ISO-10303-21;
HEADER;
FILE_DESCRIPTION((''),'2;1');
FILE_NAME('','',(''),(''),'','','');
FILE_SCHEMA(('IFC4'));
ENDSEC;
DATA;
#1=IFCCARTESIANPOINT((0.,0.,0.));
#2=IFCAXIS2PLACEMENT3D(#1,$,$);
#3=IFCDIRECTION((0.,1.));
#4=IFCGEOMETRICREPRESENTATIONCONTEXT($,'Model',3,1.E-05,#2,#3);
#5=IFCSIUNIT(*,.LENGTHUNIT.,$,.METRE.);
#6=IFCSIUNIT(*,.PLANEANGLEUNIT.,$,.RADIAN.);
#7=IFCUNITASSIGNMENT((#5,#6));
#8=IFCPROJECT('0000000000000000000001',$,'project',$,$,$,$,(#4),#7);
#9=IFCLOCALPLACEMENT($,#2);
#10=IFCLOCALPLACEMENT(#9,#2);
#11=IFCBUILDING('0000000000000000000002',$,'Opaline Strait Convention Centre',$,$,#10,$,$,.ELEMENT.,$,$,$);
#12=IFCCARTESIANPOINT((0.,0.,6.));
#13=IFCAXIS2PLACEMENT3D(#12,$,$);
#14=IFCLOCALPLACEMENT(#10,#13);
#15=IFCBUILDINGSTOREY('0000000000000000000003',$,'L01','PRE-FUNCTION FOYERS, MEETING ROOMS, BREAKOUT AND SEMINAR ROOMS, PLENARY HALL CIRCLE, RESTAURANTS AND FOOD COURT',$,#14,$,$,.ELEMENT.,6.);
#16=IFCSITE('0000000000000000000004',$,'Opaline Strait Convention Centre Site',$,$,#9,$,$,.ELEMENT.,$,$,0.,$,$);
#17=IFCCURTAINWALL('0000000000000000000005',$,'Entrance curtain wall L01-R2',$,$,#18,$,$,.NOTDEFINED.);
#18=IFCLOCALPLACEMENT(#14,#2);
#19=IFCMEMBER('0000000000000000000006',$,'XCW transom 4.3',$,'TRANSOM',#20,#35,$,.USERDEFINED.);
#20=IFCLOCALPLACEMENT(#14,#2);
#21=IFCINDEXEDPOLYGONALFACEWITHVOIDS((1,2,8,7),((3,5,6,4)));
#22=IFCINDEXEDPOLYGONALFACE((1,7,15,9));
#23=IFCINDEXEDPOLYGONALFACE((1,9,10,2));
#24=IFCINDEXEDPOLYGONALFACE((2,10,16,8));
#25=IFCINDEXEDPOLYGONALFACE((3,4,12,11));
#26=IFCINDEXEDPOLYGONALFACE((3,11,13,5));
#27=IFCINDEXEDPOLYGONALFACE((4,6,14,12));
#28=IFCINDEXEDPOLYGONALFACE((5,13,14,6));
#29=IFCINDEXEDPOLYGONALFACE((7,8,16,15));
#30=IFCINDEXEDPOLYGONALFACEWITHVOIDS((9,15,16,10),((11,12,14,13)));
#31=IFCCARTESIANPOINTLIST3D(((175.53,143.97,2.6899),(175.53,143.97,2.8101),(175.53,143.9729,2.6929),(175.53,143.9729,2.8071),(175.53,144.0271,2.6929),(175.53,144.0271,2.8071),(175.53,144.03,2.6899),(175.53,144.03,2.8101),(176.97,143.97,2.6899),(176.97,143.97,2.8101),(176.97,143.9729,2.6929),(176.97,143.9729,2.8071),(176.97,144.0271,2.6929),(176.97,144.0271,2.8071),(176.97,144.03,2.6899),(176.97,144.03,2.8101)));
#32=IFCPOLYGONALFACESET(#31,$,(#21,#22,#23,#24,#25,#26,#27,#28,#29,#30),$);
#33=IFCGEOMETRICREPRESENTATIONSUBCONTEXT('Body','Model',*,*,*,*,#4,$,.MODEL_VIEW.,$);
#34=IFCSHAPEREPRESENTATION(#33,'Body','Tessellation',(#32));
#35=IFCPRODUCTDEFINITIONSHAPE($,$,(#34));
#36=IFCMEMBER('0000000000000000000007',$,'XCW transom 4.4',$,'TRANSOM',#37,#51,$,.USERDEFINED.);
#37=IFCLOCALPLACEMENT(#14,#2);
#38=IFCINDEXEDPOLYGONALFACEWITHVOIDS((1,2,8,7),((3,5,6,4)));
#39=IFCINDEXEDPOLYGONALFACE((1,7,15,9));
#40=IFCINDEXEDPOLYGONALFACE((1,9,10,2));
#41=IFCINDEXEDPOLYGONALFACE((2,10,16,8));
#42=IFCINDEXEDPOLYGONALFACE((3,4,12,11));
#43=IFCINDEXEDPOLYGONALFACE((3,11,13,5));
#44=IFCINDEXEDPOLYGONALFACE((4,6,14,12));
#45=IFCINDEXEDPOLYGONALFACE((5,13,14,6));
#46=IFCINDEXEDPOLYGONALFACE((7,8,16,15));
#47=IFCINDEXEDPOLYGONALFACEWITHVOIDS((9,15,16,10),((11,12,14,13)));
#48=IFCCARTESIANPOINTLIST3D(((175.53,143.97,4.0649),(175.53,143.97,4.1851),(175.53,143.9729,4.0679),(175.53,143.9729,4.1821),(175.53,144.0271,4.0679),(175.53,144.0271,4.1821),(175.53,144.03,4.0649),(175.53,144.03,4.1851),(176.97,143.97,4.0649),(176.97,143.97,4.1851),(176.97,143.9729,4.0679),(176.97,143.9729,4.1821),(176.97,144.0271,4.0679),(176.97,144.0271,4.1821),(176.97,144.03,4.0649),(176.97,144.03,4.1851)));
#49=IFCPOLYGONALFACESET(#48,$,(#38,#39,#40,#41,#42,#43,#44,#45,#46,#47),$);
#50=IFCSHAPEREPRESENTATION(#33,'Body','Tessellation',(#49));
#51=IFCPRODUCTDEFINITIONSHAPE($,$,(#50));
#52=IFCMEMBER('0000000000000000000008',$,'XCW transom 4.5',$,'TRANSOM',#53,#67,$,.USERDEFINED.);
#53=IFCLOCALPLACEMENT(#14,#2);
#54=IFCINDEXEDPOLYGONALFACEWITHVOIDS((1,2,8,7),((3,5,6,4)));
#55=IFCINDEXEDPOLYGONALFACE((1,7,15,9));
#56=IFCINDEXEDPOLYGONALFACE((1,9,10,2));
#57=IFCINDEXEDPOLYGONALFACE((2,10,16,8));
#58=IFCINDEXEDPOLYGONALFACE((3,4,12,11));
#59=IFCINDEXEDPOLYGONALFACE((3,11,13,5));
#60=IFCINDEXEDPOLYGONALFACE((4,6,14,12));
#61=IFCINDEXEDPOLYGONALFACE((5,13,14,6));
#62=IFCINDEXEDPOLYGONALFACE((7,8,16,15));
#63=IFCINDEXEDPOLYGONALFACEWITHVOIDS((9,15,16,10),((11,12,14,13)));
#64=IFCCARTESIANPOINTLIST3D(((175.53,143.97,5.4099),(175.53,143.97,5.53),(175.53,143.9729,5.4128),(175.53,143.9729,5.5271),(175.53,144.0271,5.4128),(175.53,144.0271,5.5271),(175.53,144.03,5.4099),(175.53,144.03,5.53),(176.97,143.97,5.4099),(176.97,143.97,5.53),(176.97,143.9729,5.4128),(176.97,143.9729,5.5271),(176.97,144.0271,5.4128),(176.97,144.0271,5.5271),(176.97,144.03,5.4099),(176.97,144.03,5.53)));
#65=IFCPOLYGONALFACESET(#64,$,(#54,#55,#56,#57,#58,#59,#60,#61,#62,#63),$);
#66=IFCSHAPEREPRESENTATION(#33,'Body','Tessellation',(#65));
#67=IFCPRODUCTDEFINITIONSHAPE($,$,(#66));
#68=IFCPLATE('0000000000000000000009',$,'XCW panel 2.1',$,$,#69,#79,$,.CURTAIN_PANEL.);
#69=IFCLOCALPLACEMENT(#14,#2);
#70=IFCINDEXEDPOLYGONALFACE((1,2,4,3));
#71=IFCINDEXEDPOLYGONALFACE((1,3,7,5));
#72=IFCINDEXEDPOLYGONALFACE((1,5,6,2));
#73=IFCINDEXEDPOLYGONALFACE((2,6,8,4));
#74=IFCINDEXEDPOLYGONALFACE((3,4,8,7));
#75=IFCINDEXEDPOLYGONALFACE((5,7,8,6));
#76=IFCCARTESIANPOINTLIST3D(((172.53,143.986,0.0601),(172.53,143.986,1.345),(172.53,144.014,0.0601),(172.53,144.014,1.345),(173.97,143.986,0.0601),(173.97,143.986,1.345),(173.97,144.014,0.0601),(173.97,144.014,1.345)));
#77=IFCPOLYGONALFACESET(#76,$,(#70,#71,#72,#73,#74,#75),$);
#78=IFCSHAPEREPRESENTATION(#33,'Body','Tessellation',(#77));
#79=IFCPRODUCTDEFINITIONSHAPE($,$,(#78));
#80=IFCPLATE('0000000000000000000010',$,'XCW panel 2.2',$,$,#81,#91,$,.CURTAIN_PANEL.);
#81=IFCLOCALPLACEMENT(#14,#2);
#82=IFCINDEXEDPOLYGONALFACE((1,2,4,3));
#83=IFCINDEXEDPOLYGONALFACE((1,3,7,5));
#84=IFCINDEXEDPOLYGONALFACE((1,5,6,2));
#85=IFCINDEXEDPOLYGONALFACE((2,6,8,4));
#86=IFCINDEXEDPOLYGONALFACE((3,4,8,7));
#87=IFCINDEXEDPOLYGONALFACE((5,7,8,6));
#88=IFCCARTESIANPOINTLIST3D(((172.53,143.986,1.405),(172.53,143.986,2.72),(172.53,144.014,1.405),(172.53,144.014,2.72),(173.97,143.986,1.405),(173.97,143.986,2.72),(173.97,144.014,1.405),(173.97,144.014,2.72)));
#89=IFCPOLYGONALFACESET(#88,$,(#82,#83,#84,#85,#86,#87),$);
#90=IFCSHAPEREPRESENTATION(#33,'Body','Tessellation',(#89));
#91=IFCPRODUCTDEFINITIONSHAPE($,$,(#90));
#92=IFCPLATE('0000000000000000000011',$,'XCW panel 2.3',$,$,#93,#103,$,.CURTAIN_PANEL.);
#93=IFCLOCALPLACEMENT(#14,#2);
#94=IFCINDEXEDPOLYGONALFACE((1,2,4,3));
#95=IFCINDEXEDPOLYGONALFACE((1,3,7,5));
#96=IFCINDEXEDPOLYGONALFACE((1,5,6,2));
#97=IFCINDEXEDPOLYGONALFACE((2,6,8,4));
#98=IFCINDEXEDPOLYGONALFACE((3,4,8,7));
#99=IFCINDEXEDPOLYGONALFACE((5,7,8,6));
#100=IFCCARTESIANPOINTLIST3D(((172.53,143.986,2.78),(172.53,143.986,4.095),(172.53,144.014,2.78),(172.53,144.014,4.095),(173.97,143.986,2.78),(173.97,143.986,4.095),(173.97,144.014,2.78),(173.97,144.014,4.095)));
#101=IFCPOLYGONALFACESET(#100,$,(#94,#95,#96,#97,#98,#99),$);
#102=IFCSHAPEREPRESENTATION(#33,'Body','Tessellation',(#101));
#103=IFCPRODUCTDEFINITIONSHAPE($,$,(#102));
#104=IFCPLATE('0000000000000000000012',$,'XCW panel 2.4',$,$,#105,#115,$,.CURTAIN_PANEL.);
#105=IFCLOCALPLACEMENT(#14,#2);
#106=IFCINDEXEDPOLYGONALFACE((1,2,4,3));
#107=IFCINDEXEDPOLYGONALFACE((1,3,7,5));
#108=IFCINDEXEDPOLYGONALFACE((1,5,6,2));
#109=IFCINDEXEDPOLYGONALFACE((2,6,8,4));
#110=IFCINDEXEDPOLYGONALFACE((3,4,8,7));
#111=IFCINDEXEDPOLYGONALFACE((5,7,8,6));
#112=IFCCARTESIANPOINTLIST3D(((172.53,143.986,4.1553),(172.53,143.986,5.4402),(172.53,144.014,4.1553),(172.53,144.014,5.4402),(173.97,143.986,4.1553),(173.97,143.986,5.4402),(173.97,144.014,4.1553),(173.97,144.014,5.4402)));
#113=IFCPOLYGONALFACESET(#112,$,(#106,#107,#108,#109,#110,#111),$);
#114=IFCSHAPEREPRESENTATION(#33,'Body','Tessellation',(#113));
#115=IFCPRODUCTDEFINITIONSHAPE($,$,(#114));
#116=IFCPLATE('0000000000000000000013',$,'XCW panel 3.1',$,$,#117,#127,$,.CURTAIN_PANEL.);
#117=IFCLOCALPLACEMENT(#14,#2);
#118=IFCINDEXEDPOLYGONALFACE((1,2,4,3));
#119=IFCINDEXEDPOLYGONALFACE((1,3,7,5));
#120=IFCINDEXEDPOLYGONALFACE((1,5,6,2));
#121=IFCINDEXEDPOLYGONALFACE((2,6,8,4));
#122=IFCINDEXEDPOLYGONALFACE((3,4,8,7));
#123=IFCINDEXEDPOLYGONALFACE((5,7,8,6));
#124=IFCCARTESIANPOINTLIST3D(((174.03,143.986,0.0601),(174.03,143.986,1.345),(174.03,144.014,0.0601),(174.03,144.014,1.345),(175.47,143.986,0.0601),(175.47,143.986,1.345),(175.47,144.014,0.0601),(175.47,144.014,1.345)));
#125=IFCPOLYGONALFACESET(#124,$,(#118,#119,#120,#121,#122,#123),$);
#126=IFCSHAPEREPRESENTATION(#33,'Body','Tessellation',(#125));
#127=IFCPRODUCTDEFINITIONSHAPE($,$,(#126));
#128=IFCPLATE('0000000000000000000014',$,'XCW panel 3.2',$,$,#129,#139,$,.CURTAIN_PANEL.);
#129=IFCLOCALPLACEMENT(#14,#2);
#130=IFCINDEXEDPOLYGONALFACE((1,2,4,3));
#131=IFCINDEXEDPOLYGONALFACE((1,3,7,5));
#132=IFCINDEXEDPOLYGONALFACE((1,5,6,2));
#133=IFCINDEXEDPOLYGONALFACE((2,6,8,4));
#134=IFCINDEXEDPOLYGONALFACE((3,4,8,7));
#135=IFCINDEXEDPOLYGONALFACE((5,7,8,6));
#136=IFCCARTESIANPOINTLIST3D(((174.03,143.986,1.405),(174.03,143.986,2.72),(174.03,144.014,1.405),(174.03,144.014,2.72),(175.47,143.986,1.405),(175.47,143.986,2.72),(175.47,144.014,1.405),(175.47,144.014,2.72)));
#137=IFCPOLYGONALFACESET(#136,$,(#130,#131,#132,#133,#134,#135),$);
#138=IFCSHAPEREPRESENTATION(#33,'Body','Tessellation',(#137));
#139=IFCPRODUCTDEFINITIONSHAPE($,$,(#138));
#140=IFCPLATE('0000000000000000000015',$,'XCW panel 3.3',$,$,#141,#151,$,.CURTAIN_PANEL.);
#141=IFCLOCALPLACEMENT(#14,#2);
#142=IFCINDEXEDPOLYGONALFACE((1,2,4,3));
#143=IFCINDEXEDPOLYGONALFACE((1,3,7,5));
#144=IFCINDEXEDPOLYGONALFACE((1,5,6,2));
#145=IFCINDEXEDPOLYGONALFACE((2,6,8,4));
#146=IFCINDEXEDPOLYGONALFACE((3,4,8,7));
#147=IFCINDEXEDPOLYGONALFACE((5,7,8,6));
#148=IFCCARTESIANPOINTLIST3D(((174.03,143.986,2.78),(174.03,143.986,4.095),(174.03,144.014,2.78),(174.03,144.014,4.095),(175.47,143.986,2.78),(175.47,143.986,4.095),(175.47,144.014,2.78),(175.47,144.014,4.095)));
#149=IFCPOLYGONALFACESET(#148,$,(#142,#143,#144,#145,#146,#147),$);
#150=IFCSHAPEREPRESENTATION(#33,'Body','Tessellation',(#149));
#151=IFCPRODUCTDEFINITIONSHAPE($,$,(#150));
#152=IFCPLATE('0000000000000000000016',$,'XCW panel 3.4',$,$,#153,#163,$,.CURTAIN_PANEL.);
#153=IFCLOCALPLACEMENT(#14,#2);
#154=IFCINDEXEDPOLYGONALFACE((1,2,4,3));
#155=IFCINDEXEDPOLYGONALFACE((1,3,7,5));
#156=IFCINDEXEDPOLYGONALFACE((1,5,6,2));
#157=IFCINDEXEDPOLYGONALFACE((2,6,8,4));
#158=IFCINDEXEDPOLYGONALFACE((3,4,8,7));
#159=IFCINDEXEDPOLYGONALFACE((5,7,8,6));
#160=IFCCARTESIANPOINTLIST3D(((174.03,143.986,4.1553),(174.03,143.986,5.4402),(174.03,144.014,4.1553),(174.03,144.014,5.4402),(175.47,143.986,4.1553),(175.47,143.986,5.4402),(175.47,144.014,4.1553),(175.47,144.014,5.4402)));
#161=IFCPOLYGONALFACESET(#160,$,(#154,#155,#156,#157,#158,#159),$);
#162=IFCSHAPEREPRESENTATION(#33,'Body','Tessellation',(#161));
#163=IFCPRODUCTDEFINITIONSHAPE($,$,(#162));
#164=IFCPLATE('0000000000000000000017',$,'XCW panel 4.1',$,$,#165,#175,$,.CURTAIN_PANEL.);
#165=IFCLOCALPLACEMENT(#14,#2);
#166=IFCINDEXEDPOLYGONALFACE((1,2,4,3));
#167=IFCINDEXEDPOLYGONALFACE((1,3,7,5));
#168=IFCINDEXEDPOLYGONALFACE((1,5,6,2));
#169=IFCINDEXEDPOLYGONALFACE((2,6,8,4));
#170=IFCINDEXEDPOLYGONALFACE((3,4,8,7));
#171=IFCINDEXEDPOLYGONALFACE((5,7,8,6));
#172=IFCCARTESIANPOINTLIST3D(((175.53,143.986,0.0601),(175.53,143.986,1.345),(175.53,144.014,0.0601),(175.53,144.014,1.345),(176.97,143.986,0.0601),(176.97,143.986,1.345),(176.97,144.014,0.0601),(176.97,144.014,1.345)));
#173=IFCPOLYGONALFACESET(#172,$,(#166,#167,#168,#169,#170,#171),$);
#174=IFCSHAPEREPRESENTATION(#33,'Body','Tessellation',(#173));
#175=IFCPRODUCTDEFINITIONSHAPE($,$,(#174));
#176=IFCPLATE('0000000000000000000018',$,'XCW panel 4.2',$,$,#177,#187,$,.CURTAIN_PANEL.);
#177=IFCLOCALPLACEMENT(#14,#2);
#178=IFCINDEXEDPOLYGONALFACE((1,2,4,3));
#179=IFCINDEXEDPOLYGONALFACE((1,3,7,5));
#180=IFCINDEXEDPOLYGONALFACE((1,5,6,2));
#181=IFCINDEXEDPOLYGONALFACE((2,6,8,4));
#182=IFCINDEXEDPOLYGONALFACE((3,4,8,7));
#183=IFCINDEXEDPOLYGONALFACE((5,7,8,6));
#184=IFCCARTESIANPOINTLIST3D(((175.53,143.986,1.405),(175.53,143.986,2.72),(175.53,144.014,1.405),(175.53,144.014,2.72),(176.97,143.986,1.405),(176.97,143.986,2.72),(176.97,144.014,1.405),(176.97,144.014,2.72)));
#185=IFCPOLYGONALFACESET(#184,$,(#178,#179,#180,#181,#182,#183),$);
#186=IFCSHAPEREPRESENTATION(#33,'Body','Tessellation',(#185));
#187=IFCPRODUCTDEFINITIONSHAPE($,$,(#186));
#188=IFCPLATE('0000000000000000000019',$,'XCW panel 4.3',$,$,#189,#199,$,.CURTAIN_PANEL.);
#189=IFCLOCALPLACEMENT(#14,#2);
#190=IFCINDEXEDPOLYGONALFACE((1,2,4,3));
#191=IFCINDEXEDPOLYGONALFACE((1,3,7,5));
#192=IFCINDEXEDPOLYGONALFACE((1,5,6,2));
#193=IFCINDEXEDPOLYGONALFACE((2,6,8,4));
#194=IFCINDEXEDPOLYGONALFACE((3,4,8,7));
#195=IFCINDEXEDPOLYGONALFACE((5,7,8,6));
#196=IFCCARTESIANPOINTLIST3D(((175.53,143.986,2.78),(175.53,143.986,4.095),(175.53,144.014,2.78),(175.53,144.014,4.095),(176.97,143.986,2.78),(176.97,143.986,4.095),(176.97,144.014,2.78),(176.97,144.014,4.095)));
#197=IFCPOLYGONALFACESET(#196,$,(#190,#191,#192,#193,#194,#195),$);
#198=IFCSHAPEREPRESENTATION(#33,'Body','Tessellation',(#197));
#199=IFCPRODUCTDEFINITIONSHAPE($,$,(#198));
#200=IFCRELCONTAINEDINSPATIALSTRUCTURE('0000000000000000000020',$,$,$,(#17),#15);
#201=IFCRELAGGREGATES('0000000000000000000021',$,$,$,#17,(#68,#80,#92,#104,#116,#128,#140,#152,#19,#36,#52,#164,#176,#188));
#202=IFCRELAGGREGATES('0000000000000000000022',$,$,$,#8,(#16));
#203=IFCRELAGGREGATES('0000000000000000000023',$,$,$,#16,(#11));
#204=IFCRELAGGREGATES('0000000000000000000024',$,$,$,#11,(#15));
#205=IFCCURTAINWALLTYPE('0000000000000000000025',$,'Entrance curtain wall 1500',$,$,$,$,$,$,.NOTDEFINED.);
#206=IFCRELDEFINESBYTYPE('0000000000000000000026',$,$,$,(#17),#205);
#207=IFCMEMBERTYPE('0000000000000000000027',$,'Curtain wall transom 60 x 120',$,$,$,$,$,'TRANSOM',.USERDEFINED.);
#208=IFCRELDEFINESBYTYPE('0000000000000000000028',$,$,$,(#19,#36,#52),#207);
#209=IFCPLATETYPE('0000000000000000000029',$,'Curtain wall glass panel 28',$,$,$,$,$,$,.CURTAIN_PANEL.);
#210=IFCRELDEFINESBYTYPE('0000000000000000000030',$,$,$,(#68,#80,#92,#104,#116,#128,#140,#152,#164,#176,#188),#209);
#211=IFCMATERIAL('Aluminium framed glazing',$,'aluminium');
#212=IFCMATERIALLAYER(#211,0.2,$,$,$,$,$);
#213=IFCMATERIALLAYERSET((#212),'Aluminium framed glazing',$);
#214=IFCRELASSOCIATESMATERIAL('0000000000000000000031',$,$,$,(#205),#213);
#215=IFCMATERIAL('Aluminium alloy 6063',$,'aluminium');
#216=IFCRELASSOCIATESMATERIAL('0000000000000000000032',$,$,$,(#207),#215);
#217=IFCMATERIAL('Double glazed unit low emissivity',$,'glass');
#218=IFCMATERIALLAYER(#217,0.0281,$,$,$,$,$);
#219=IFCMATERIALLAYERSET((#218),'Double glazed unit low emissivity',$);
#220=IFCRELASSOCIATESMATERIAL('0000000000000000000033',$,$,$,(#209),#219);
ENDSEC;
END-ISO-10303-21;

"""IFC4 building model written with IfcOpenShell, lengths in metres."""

from ifc_helpers import new_model, si_unit, direction, frame, origin, origin_2d, place, context, subcontext, project, spatial, rectangle, hollow_rectangle, extrude, material, layer, layer_set, material_profile, profile_set, type_object, element, aggregate, save


model = new_model("IFC4")

# Units and contexts
model_context = context("Model", 3, precision=1e-05, world=origin(), true_north=direction((0.0, 1.0)))
body_context = subcontext(model_context, "Body", "Model", "MODEL_VIEW")
ifc_project = project(units=[si_unit("LENGTHUNIT", "METRE"), si_unit("PLANEANGLEUNIT", "RADIAN")], contexts=[model_context])

# Site, building, storey
site_placement = place(None, origin())
site = spatial("IfcSite", under=ifc_project, at=site_placement, Name="Opaline Strait Convention Centre Site", CompositionType="ELEMENT", RefElevation=0.0)
building_placement = place(site_placement, origin())
building = spatial("IfcBuilding", under=site, at=building_placement, Name="Opaline Strait Convention Centre", CompositionType="ELEMENT")
storey_placement = place(building_placement, frame((0.0, 0.0, 6.0)))
storey = spatial("IfcBuildingStorey", under=building, at=storey_placement, Name="L01", Description="PRE-FUNCTION FOYERS, MEETING ROOMS, BREAKOUT AND SEMINAR ROOMS, PLENARY HALL CIRCLE, RESTAURANTS AND FOOD COURT", CompositionType="ELEMENT", Elevation=6.0)

# Curtain wall, members, plates
ifc_material_1 = material(Name="Aluminium framed glazing", Category="aluminium")
ifc_layer_1 = layer(ifc_material_1, 0.2)
ifc_layer_set_1 = layer_set([ifc_layer_1], Name="Aluminium framed glazing")
curtain_wall_type = type_object("IfcCurtainWallType", Name="Entrance curtain wall 1500", PredefinedType="NOTDEFINED", material=ifc_layer_set_1)
curtain_wall_placement = place(storey_placement, origin())
curtain_wall = element("IfcCurtainWall", 1, at=curtain_wall_placement, inside=storey, type_object=curtain_wall_type, Name="Entrance curtain wall L01-R2", PredefinedType="NOTDEFINED")
ifc_material_2 = material(Name="Aluminium alloy 6063", Category="aluminium")
ifc_material_profile_1 = material_profile(ifc_material_2, hollow_rectangle(XDim=0.0601, YDim=0.1201, WallThickness=0.0029, at=origin_2d()), Name="TRANSOM 60x120x3")
ifc_profile_set_1 = profile_set([ifc_material_profile_1], Name="Aluminium alloy 6063")
member_type_1 = type_object("IfcMemberType", Name="Curtain wall transom 60 x 120", ElementType="TRANSOM", PredefinedType="USERDEFINED", material=ifc_profile_set_1)
member_1_placement = place(storey_placement, frame((175.53, 144.0, 2.75), z_axis=(1.0, 0.0, 0.0), x_axis=(0.0, 1.0, 0.0)))
member_1 = element("IfcMember", 2, at=member_1_placement, type_object=member_type_1, Name="XCW transom 4.3", ObjectType="TRANSOM", PredefinedType="USERDEFINED", context=body_context, shape_type="SweptSolid", body=[
    extrude(hollow_rectangle(XDim=0.0601, YDim=0.1201, WallThickness=0.0029, at=origin_2d()), origin(), (0.0, 0.0, 1.0), 1.4399),
])
member_2_placement = place(storey_placement, frame((175.53, 144.0, 4.125), z_axis=(1.0, 0.0, 0.0), x_axis=(0.0, 1.0, 0.0)))
member_2 = element("IfcMember", 3, at=member_2_placement, type_object=member_type_1, Name="XCW transom 4.4", ObjectType="TRANSOM", PredefinedType="USERDEFINED", context=body_context, shape_type="SweptSolid", body=[
    extrude(hollow_rectangle(XDim=0.0601, YDim=0.1201, WallThickness=0.0029, at=origin_2d()), origin(), (0.0, 0.0, 1.0), 1.4399),
])
member_3_placement = place(storey_placement, frame((175.53, 144.0, 5.47), z_axis=(1.0, 0.0, 0.0), x_axis=(0.0, 1.0, 0.0)))
member_3 = element("IfcMember", 4, at=member_3_placement, type_object=member_type_1, Name="XCW transom 4.5", ObjectType="TRANSOM", PredefinedType="USERDEFINED", context=body_context, shape_type="SweptSolid", body=[
    extrude(hollow_rectangle(XDim=0.0601, YDim=0.1201, WallThickness=0.0029, at=origin_2d()), origin(), (0.0, 0.0, 1.0), 1.4399),
])
ifc_material_3 = material(Name="Double glazed unit low emissivity", Category="glass")
ifc_layer_2 = layer(ifc_material_3, 0.0281)
ifc_layer_set_2 = layer_set([ifc_layer_2], Name="Double glazed unit low emissivity")
plate_type = type_object("IfcPlateType", Name="Curtain wall glass panel 28", PredefinedType="CURTAIN_PANEL", material=ifc_layer_set_2)
plate_1_placement = place(storey_placement, frame((173.25, 144.0, 0.0601), z_axis=(0.0, 0.0, 1.0), x_axis=(1.0, 0.0, 0.0)))
plate_1 = element("IfcPlate", 5, at=plate_1_placement, type_object=plate_type, Name="XCW panel 2.1", PredefinedType="CURTAIN_PANEL", context=body_context, shape_type="SweptSolid", body=[
    extrude(rectangle(XDim=1.4399, YDim=0.0281, at=origin_2d()), origin(), (0.0, 0.0, 1.0), 1.2849),
])
plate_2_placement = place(storey_placement, frame((173.25, 144.0, 1.405), z_axis=(0.0, 0.0, 1.0), x_axis=(1.0, 0.0, 0.0)))
plate_2 = element("IfcPlate", 6, at=plate_2_placement, type_object=plate_type, Name="XCW panel 2.2", PredefinedType="CURTAIN_PANEL", context=body_context, shape_type="SweptSolid", body=[
    extrude(rectangle(XDim=1.4399, YDim=0.0281, at=origin_2d()), origin(), (0.0, 0.0, 1.0), 1.3149),
])
plate_3_placement = place(storey_placement, frame((173.25, 144.0, 2.78), z_axis=(0.0, 0.0, 1.0), x_axis=(1.0, 0.0, 0.0)))
plate_3 = element("IfcPlate", 7, at=plate_3_placement, type_object=plate_type, Name="XCW panel 2.3", PredefinedType="CURTAIN_PANEL", context=body_context, shape_type="SweptSolid", body=[
    extrude(rectangle(XDim=1.4399, YDim=0.0281, at=origin_2d()), origin(), (0.0, 0.0, 1.0), 1.3149),
])
plate_4_placement = place(storey_placement, frame((173.25, 144.0, 4.1553), z_axis=(0.0, 0.0, 1.0), x_axis=(1.0, 0.0, 0.0)))
plate_4 = element("IfcPlate", 8, at=plate_4_placement, type_object=plate_type, Name="XCW panel 2.4", PredefinedType="CURTAIN_PANEL", context=body_context, shape_type="SweptSolid", body=[
    extrude(rectangle(XDim=1.4399, YDim=0.0281, at=origin_2d()), origin(), (0.0, 0.0, 1.0), 1.2849),
])
plate_5_placement = place(storey_placement, frame((174.75, 144.0, 0.0601), z_axis=(0.0, 0.0, 1.0), x_axis=(1.0, 0.0, 0.0)))
plate_5 = element("IfcPlate", 9, at=plate_5_placement, type_object=plate_type, Name="XCW panel 3.1", PredefinedType="CURTAIN_PANEL", context=body_context, shape_type="SweptSolid", body=[
    extrude(rectangle(XDim=1.4399, YDim=0.0281, at=origin_2d()), origin(), (0.0, 0.0, 1.0), 1.2849),
])
plate_6_placement = place(storey_placement, frame((174.75, 144.0, 1.405), z_axis=(0.0, 0.0, 1.0), x_axis=(1.0, 0.0, 0.0)))
plate_6 = element("IfcPlate", 10, at=plate_6_placement, type_object=plate_type, Name="XCW panel 3.2", PredefinedType="CURTAIN_PANEL", context=body_context, shape_type="SweptSolid", body=[
    extrude(rectangle(XDim=1.4399, YDim=0.0281, at=origin_2d()), origin(), (0.0, 0.0, 1.0), 1.3149),
])
plate_7_placement = place(storey_placement, frame((174.75, 144.0, 2.78), z_axis=(0.0, 0.0, 1.0), x_axis=(1.0, 0.0, 0.0)))
plate_7 = element("IfcPlate", 11, at=plate_7_placement, type_object=plate_type, Name="XCW panel 3.3", PredefinedType="CURTAIN_PANEL", context=body_context, shape_type="SweptSolid", body=[
    extrude(rectangle(XDim=1.4399, YDim=0.0281, at=origin_2d()), origin(), (0.0, 0.0, 1.0), 1.3149),
])
plate_8_placement = place(storey_placement, frame((174.75, 144.0, 4.1553), z_axis=(0.0, 0.0, 1.0), x_axis=(1.0, 0.0, 0.0)))
plate_8 = element("IfcPlate", 12, at=plate_8_placement, type_object=plate_type, Name="XCW panel 3.4", PredefinedType="CURTAIN_PANEL", context=body_context, shape_type="SweptSolid", body=[
    extrude(rectangle(XDim=1.4399, YDim=0.0281, at=origin_2d()), origin(), (0.0, 0.0, 1.0), 1.2849),
])
plate_9_placement = place(storey_placement, frame((176.25, 144.0, 0.0601), z_axis=(0.0, 0.0, 1.0), x_axis=(1.0, 0.0, 0.0)))
plate_9 = element("IfcPlate", 13, at=plate_9_placement, type_object=plate_type, Name="XCW panel 4.1", PredefinedType="CURTAIN_PANEL", context=body_context, shape_type="SweptSolid", body=[
    extrude(rectangle(XDim=1.4399, YDim=0.0281, at=origin_2d()), origin(), (0.0, 0.0, 1.0), 1.2849),
])
plate_10_placement = place(storey_placement, frame((176.25, 144.0, 1.405), z_axis=(0.0, 0.0, 1.0), x_axis=(1.0, 0.0, 0.0)))
plate_10 = element("IfcPlate", 14, at=plate_10_placement, type_object=plate_type, Name="XCW panel 4.2", PredefinedType="CURTAIN_PANEL", context=body_context, shape_type="SweptSolid", body=[
    extrude(rectangle(XDim=1.4399, YDim=0.0281, at=origin_2d()), origin(), (0.0, 0.0, 1.0), 1.3149),
])
plate_11_placement = place(storey_placement, frame((176.25, 144.0, 2.78), z_axis=(0.0, 0.0, 1.0), x_axis=(1.0, 0.0, 0.0)))
plate_11 = element("IfcPlate", 15, at=plate_11_placement, type_object=plate_type, Name="XCW panel 4.3", PredefinedType="CURTAIN_PANEL", context=body_context, shape_type="SweptSolid", body=[
    extrude(rectangle(XDim=1.4399, YDim=0.0281, at=origin_2d()), origin(), (0.0, 0.0, 1.0), 1.3149),
])
aggregate(curtain_wall, [plate_1, plate_2, plate_3, plate_4, plate_5, plate_6, plate_7, plate_8, member_1, member_2, member_3, plate_9, plate_10, plate_11])

save(model, "model.ifc")
